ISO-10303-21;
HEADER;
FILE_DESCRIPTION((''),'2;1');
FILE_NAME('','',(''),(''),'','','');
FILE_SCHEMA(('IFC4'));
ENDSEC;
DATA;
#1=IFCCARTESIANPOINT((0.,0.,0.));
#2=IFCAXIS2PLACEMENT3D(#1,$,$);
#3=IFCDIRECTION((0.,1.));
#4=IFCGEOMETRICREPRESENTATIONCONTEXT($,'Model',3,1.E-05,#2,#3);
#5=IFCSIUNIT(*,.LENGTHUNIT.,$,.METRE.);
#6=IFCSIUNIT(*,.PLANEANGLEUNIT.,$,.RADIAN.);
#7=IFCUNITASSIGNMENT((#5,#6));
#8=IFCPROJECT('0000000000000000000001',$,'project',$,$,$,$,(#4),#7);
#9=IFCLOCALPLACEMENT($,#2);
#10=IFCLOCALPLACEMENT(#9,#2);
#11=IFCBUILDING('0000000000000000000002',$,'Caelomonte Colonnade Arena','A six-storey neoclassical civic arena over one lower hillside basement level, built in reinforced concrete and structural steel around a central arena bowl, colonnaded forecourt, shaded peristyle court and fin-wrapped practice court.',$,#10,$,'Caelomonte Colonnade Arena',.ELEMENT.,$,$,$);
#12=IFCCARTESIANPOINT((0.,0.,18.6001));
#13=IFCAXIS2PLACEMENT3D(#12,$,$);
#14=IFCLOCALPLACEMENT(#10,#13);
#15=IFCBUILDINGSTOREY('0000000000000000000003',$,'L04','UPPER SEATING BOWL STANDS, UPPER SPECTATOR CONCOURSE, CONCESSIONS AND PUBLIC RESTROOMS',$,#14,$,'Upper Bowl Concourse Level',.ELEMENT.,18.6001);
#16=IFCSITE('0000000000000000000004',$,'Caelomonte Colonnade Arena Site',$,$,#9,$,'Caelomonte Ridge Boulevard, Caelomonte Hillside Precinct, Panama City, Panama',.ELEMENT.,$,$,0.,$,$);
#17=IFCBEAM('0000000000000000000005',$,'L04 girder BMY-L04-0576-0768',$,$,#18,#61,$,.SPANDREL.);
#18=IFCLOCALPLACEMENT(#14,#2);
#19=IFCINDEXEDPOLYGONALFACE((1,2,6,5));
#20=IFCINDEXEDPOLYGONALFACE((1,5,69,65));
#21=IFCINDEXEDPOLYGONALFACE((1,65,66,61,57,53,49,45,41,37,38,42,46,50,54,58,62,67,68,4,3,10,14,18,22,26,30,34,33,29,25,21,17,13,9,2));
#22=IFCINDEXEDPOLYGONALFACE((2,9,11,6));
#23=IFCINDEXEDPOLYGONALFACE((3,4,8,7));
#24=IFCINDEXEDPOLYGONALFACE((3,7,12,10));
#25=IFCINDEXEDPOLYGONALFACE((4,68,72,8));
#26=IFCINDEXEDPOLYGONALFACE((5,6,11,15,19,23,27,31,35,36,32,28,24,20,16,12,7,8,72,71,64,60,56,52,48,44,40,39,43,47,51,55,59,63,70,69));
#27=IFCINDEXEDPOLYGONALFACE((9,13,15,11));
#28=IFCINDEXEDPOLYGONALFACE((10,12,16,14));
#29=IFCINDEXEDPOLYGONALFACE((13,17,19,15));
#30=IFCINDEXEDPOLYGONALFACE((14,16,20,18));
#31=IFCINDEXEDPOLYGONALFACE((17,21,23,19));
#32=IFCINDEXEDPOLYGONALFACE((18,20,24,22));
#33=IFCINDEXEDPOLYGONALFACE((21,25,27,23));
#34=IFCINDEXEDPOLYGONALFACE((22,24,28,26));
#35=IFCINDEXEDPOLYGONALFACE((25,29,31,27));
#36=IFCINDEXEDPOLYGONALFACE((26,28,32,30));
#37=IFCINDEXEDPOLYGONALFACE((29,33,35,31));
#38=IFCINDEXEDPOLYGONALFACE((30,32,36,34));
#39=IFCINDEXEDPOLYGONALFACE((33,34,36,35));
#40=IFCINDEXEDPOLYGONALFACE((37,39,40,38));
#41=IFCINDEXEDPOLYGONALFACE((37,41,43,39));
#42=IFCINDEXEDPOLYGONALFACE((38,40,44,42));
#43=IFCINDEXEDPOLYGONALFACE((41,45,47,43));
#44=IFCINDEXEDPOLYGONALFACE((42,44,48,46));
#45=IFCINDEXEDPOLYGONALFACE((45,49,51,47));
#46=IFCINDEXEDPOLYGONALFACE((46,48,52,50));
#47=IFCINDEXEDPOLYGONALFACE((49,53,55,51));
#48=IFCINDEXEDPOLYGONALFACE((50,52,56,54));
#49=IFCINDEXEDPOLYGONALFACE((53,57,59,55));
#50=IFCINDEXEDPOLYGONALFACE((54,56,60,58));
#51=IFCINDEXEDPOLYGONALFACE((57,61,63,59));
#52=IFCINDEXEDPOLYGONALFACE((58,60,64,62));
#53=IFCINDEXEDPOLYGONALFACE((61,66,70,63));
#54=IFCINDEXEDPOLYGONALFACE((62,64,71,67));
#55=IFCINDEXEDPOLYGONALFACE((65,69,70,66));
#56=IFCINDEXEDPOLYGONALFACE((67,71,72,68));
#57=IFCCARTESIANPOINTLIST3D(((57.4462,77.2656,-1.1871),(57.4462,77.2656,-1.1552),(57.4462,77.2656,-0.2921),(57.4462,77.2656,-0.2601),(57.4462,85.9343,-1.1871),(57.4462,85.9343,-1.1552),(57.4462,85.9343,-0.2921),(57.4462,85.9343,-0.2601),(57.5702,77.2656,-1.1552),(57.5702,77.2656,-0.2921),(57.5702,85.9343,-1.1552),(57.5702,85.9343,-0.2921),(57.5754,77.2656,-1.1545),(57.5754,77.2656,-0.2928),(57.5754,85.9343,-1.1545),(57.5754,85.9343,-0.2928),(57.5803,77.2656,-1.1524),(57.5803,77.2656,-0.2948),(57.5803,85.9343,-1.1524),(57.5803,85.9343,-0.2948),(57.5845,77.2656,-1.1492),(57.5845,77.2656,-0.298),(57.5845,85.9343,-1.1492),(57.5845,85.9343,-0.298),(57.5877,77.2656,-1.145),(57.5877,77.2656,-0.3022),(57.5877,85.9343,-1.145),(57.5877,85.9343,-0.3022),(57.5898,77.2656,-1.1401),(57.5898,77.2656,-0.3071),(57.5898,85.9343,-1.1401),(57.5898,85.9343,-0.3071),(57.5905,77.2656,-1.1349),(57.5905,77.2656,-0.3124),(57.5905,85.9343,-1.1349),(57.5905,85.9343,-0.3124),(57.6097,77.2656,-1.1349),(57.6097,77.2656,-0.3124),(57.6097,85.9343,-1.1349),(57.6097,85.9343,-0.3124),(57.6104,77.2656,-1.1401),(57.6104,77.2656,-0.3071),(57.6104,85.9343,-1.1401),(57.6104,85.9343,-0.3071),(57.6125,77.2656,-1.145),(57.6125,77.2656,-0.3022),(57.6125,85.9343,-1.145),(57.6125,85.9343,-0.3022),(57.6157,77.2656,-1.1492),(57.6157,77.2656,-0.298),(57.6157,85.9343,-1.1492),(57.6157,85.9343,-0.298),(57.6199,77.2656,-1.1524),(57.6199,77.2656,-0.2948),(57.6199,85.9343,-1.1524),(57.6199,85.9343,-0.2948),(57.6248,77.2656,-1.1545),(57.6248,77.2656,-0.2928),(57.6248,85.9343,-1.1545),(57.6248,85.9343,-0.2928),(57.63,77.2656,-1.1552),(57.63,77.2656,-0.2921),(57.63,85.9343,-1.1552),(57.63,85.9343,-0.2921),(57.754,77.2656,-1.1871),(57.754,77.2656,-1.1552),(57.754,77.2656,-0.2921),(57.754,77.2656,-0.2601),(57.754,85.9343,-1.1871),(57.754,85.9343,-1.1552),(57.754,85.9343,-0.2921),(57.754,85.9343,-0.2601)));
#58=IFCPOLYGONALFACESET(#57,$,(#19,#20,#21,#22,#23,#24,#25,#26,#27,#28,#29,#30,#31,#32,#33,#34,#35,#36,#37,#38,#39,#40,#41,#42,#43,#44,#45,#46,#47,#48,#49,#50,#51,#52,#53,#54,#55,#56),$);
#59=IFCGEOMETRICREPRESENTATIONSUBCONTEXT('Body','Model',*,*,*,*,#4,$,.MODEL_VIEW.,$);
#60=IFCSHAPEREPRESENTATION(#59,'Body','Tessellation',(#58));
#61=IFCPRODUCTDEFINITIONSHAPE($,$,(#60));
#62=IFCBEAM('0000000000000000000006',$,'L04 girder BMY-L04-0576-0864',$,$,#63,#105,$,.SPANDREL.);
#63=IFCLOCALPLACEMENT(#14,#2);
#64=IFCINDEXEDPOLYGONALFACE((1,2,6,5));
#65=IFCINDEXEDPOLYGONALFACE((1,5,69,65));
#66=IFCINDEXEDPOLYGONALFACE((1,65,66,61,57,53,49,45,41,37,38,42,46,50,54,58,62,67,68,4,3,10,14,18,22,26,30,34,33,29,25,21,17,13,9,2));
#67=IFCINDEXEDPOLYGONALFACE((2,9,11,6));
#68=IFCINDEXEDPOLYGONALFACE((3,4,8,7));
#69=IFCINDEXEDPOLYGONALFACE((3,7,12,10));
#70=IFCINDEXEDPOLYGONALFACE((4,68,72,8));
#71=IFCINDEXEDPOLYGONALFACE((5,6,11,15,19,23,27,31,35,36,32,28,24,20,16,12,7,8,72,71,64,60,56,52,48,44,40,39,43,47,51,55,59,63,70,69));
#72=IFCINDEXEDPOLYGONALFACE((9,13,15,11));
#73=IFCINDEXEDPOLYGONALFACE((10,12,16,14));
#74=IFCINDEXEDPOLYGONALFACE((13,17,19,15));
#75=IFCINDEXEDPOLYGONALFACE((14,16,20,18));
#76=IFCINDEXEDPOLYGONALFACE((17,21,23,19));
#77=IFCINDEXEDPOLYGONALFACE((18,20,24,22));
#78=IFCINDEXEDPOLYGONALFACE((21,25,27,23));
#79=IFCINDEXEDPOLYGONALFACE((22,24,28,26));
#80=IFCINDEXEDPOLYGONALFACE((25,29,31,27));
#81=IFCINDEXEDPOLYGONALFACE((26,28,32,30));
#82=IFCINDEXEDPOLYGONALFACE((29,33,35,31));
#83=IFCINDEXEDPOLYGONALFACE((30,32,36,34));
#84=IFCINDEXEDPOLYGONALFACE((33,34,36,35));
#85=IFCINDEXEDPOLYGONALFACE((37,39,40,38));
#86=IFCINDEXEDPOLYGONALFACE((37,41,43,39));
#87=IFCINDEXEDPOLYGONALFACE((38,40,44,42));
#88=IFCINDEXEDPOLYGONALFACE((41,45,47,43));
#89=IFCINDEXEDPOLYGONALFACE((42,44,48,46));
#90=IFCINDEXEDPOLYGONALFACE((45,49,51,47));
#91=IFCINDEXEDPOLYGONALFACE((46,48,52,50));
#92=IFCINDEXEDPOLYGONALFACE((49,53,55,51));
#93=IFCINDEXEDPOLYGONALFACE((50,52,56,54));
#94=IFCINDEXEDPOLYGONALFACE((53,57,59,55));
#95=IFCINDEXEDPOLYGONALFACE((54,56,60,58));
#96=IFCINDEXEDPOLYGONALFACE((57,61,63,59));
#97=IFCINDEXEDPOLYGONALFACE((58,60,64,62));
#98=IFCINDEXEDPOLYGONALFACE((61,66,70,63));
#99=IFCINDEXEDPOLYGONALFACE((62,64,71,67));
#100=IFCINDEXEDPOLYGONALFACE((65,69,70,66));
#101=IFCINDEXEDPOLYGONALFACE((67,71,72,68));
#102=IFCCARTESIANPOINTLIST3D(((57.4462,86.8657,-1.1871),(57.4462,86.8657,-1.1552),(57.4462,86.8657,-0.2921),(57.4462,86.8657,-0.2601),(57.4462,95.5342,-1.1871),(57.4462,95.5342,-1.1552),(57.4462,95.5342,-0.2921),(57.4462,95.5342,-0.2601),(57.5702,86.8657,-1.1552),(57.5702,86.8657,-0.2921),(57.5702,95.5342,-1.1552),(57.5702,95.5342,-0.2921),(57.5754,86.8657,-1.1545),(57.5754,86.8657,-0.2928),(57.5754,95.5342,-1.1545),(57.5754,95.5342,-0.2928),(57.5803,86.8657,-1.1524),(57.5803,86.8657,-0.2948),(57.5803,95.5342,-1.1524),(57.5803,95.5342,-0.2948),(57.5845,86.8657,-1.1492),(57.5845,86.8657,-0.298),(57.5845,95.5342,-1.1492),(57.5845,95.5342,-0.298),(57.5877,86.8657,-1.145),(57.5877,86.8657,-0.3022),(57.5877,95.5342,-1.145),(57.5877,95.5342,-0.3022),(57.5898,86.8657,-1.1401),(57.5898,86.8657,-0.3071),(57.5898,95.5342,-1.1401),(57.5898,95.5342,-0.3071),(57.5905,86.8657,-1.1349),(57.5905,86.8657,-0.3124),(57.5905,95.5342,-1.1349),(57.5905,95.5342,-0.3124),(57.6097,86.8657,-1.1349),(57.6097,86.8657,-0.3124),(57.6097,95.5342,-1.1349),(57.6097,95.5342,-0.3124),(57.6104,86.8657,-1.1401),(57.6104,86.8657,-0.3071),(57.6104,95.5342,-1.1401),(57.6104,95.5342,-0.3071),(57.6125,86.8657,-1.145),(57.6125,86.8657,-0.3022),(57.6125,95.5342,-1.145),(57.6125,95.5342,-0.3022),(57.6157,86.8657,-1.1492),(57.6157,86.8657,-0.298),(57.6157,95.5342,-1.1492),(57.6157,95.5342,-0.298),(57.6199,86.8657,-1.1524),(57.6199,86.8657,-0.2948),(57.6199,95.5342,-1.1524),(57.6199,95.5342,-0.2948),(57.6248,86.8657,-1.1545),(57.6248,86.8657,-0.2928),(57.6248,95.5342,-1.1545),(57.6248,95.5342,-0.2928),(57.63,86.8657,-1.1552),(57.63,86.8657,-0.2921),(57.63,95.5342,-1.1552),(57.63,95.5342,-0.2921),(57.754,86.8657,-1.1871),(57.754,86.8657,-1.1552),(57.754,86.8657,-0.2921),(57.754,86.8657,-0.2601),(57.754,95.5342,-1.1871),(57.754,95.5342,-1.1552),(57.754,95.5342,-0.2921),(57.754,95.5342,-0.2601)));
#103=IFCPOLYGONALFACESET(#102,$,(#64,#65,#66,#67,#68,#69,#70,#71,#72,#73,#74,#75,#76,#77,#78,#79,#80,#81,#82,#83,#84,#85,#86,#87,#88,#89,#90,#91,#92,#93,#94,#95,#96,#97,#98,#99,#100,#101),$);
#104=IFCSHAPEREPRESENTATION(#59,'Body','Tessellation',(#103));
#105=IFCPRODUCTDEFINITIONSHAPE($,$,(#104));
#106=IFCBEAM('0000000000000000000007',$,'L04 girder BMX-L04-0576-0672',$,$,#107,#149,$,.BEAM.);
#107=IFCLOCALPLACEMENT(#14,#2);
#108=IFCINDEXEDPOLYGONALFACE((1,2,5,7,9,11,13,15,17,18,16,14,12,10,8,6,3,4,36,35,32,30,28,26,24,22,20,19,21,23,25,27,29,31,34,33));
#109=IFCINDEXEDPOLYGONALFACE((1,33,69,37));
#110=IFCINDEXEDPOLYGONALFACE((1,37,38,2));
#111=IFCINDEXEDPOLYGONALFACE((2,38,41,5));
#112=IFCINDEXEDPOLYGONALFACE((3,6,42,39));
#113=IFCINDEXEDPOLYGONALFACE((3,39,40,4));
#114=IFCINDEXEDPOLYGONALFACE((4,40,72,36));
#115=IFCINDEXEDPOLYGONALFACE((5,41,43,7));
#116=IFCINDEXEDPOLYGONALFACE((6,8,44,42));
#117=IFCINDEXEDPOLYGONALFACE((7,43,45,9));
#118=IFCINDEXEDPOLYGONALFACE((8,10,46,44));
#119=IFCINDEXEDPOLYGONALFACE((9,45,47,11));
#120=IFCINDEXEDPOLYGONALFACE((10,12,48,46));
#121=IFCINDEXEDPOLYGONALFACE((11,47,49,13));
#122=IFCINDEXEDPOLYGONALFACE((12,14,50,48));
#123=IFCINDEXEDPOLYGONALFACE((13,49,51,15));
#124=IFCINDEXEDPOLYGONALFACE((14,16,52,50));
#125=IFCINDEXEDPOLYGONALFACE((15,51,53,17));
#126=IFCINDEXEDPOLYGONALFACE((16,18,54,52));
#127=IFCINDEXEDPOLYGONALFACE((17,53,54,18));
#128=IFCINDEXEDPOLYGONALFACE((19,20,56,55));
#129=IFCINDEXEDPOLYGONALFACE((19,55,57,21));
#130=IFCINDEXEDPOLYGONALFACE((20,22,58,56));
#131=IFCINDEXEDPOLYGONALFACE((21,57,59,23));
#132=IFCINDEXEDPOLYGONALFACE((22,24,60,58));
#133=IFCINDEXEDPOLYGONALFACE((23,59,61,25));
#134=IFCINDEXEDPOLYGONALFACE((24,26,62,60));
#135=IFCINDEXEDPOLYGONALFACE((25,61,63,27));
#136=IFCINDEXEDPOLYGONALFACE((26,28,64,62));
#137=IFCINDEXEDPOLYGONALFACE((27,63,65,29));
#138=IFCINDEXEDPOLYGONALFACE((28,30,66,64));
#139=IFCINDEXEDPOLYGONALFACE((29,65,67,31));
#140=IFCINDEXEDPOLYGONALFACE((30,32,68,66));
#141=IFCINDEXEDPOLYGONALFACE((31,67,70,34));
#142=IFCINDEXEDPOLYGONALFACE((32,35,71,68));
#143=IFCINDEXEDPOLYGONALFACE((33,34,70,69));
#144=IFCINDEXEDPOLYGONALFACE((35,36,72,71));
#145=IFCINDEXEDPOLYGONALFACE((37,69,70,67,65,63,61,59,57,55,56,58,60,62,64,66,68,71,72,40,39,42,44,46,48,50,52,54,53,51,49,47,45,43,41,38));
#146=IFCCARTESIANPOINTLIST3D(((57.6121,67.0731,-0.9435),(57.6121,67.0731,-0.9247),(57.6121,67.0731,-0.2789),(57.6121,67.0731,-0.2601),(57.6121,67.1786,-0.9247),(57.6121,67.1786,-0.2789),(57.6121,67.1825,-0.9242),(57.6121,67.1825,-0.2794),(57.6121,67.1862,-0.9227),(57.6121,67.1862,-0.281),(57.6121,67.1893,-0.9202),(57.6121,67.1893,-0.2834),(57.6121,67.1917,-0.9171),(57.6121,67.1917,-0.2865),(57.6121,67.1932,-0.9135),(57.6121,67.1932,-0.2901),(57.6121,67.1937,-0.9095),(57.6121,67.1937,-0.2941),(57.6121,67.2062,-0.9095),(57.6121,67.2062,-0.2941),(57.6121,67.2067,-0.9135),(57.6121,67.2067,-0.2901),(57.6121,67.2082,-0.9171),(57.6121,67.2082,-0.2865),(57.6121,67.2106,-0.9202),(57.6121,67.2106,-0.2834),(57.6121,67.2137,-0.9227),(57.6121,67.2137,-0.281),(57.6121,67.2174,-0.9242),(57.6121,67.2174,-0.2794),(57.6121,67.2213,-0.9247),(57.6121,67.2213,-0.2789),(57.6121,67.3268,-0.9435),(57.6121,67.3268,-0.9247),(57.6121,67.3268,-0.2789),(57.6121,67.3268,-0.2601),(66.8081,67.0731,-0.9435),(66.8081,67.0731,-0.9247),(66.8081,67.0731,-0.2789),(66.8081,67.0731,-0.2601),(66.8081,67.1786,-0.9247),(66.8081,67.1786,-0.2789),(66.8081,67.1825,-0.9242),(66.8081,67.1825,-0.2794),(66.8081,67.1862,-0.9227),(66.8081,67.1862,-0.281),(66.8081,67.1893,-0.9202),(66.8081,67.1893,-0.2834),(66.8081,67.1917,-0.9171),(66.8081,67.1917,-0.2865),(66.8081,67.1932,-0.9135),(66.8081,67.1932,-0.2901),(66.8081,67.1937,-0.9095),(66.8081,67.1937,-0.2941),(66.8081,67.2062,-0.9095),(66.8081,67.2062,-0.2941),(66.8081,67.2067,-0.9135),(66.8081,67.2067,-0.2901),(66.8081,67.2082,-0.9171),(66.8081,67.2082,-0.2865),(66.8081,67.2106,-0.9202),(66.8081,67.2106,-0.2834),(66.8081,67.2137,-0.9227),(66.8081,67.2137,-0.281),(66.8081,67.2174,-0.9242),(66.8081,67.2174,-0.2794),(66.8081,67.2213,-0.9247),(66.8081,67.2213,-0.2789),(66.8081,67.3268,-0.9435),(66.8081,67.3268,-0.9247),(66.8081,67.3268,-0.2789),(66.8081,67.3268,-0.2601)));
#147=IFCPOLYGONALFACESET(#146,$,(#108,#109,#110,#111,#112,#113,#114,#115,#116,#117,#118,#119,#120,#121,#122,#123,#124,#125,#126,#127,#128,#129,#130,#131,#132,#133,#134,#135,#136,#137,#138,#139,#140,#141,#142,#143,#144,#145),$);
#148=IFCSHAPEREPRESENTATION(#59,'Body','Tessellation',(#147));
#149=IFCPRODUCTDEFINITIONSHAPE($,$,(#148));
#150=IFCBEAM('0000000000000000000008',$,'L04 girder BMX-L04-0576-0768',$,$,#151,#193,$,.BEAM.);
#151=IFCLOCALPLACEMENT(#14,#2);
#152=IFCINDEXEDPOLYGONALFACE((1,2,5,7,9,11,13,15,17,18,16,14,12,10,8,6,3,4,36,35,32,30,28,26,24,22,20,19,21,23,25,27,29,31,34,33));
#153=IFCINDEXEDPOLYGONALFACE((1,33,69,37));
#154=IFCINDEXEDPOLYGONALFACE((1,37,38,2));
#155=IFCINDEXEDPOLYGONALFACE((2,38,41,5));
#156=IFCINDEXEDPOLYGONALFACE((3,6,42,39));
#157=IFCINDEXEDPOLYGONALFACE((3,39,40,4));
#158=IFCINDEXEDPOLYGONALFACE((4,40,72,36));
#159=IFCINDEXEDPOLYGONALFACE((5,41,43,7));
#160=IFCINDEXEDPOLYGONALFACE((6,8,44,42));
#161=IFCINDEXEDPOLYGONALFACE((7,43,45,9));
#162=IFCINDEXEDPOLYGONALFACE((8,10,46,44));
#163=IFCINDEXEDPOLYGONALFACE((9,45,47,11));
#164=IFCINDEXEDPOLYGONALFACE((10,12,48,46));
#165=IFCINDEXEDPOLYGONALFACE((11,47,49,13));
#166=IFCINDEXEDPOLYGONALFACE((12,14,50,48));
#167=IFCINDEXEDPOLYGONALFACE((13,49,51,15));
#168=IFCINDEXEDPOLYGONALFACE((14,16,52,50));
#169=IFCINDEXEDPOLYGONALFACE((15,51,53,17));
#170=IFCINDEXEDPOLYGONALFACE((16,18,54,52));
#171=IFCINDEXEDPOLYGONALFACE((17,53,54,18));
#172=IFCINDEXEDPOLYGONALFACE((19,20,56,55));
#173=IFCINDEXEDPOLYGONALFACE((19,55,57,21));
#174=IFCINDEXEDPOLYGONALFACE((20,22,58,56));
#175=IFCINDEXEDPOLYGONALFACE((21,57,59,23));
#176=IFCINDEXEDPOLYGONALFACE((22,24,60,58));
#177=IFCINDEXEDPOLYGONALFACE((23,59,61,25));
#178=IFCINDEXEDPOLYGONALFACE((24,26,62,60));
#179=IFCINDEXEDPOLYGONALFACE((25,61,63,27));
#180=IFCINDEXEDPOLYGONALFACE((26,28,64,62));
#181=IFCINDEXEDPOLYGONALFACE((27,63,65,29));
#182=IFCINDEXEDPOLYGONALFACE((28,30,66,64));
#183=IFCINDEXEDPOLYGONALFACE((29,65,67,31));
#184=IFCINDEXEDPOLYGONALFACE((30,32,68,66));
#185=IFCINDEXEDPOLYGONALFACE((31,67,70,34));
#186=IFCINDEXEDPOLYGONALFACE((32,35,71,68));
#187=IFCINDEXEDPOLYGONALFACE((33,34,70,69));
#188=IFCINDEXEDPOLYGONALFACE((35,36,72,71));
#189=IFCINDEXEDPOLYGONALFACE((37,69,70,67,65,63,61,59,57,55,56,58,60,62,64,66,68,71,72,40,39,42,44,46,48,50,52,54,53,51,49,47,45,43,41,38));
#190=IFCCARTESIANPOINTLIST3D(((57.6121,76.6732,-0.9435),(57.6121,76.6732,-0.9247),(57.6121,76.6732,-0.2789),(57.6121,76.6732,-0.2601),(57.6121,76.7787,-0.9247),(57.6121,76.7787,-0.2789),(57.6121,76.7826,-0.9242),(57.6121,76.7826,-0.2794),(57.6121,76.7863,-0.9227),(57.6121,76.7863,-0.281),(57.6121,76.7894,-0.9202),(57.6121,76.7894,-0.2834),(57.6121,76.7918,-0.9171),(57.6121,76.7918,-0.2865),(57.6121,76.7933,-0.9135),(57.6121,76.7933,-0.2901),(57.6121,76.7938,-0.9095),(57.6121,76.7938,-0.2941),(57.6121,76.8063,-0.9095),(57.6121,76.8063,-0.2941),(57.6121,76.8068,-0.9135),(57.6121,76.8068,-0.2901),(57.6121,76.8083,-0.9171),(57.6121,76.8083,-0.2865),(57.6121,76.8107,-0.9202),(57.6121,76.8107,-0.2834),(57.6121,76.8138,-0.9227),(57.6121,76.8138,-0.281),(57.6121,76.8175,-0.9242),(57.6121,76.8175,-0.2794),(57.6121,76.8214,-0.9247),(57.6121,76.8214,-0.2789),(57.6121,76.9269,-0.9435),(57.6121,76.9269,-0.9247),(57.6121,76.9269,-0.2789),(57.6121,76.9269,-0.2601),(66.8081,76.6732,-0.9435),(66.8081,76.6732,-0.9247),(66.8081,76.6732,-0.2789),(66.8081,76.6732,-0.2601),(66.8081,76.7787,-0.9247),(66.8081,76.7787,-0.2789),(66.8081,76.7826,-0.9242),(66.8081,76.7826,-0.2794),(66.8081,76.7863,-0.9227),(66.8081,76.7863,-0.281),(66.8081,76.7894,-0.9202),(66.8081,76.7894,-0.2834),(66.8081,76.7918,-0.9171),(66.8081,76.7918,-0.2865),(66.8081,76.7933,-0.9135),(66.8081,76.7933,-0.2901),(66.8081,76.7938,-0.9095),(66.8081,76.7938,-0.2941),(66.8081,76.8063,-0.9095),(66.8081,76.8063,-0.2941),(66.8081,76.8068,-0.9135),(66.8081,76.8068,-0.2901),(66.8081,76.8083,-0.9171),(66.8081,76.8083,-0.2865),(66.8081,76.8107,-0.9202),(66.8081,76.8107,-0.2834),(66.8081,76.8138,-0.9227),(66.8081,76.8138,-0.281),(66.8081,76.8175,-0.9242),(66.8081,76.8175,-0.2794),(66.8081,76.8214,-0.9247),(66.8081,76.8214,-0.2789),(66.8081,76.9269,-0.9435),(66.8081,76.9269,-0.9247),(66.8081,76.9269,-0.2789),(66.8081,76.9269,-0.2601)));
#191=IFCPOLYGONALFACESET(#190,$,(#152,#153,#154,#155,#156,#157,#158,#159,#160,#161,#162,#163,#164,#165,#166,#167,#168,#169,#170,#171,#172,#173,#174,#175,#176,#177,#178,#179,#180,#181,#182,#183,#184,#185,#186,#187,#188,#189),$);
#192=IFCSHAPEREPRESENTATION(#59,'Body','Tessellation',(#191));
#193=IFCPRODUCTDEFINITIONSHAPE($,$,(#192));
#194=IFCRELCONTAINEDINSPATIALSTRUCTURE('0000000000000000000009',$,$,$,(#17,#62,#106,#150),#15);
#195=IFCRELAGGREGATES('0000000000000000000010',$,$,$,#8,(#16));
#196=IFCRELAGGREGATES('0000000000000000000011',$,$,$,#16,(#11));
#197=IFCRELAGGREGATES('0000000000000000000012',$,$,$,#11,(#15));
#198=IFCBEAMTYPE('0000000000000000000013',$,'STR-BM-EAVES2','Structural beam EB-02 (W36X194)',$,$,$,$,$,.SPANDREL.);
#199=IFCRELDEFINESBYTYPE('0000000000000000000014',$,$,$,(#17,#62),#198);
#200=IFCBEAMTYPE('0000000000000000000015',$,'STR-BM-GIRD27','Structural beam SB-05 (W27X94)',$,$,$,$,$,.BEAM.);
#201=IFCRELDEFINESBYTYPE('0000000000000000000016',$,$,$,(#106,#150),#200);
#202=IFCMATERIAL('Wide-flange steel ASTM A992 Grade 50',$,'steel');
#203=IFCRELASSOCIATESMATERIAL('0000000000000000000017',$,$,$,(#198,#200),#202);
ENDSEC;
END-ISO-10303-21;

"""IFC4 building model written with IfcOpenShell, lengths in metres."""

from ifc_helpers import new_model, si_unit, direction, frame, origin, origin_2d, place, context, subcontext, project, spatial, i_section, extrude, material, material_profile, profile_set, type_object, element, save


model = new_model("IFC4")

# Units and contexts
model_context = context("Model", 3, precision=1e-05, world=origin(), true_north=direction((0.0, 1.0)))
body_context = subcontext(model_context, "Body", "Model", "MODEL_VIEW")
ifc_project = project(units=[si_unit("LENGTHUNIT", "METRE"), si_unit("PLANEANGLEUNIT", "RADIAN")], contexts=[model_context])

# Site, building, storey
site_placement = place(None, origin())
site = spatial("IfcSite", under=ifc_project, at=site_placement, Name="Caelomonte Colonnade Arena Site", LongName="Caelomonte Ridge Boulevard, Caelomonte Hillside Precinct, Panama City, Panama", CompositionType="ELEMENT", RefElevation=0.0)
building_placement = place(site_placement, origin())
building = spatial("IfcBuilding", under=site, at=building_placement, Name="Caelomonte Colonnade Arena", Description="A six-storey neoclassical civic arena over one lower hillside basement level, built in reinforced concrete and structural steel around a central arena bowl, colonnaded forecourt, shaded peristyle court and fin-wrapped practice court.", LongName="Caelomonte Colonnade Arena", CompositionType="ELEMENT")
storey_placement = place(building_placement, frame((0.0, 0.0, 18.6001)))
storey = spatial("IfcBuildingStorey", under=building, at=storey_placement, Name="L04", Description="UPPER SEATING BOWL STANDS, UPPER SPECTATOR CONCOURSE, CONCESSIONS AND PUBLIC RESTROOMS", LongName="Upper Bowl Concourse Level", CompositionType="ELEMENT", Elevation=18.6001)

# Shared definitions
ifc_material_1 = material(Name="Wide-flange steel ASTM A992 Grade 50", Category="steel")

# Beams
ifc_material_profile_1 = material_profile(ifc_material_1, i_section(OverallWidth=0.3079, OverallDepth=0.927, WebThickness=0.0193, FlangeThickness=0.032, FilletRadius=0.0203, at=origin_2d()), Name="W36X194")
ifc_profile_set_1 = profile_set([ifc_material_profile_1], Name="Wide-flange steel ASTM A992 Grade 50")
beam_type_1 = type_object("IfcBeamType", Name="STR-BM-EAVES2", Description="Structural beam EB-02 (W36X194)", PredefinedType="SPANDREL", material=ifc_profile_set_1)
beam_1_placement = place(storey_placement, frame((57.6001, 77.2656, -0.7236), z_axis=(0.0, 1.0, 0.0), x_axis=(-1.0, 0.0, 0.0)))
element("IfcBeam", 1, at=beam_1_placement, inside=storey, type_object=beam_type_1, Name="L04 girder BMY-L04-0576-0768", PredefinedType="SPANDREL", context=body_context, shape_type="SweptSolid", body=[
    extrude(i_section(OverallWidth=0.3079, OverallDepth=0.927, WebThickness=0.0193, FlangeThickness=0.032, FilletRadius=0.0203, at=origin_2d()), origin(), (0.0, 0.0, 1.0), 8.6687),
])
beam_2_placement = place(storey_placement, frame((57.6001, 86.8657, -0.7236), z_axis=(0.0, 1.0, 0.0), x_axis=(-1.0, 0.0, 0.0)))
element("IfcBeam", 2, at=beam_2_placement, inside=storey, type_object=beam_type_1, Name="L04 girder BMY-L04-0576-0864", PredefinedType="SPANDREL", context=body_context, shape_type="SweptSolid", body=[
    extrude(i_section(OverallWidth=0.3079, OverallDepth=0.927, WebThickness=0.0193, FlangeThickness=0.032, FilletRadius=0.0203, at=origin_2d()), origin(), (0.0, 0.0, 1.0), 8.6685),
])
ifc_material_profile_2 = material_profile(ifc_material_1, i_section(OverallWidth=0.2537, OverallDepth=0.6833, WebThickness=0.0125, FlangeThickness=0.0188, FilletRadius=0.0151, at=origin_2d()), Name="W27X94")
ifc_profile_set_2 = profile_set([ifc_material_profile_2], Name="Wide-flange steel ASTM A992 Grade 50")
beam_type_2 = type_object("IfcBeamType", Name="STR-BM-GIRD27", Description="Structural beam SB-05 (W27X94)", PredefinedType="BEAM", material=ifc_profile_set_2)
for number, where, z_axis, x_axis, name in (
    (3, (57.6121, 67.2, -0.6018), (1.0, 0.0, 0.0), (0.0, 1.0, 0.0), "L04 girder BMX-L04-0576-0672"),
    (4, (57.6121, 76.8, -0.6018), (1.0, 0.0, 0.0), (0.0, 1.0, 0.0), "L04 girder BMX-L04-0576-0768"),
):
    element("IfcBeam", number, at=place(storey_placement, frame(where, z_axis=z_axis, x_axis=x_axis)), inside=storey, type_object=beam_type_2, Name=name, PredefinedType="BEAM", context=body_context, shape_type="SweptSolid", body=[
        extrude(i_section(OverallWidth=0.2537, OverallDepth=0.6833, WebThickness=0.0125, FlangeThickness=0.0188, FilletRadius=0.0151, at=origin_2d()), origin(), (0.0, 0.0, 1.0), 9.196),
    ])

save(model, "model.ifc")
